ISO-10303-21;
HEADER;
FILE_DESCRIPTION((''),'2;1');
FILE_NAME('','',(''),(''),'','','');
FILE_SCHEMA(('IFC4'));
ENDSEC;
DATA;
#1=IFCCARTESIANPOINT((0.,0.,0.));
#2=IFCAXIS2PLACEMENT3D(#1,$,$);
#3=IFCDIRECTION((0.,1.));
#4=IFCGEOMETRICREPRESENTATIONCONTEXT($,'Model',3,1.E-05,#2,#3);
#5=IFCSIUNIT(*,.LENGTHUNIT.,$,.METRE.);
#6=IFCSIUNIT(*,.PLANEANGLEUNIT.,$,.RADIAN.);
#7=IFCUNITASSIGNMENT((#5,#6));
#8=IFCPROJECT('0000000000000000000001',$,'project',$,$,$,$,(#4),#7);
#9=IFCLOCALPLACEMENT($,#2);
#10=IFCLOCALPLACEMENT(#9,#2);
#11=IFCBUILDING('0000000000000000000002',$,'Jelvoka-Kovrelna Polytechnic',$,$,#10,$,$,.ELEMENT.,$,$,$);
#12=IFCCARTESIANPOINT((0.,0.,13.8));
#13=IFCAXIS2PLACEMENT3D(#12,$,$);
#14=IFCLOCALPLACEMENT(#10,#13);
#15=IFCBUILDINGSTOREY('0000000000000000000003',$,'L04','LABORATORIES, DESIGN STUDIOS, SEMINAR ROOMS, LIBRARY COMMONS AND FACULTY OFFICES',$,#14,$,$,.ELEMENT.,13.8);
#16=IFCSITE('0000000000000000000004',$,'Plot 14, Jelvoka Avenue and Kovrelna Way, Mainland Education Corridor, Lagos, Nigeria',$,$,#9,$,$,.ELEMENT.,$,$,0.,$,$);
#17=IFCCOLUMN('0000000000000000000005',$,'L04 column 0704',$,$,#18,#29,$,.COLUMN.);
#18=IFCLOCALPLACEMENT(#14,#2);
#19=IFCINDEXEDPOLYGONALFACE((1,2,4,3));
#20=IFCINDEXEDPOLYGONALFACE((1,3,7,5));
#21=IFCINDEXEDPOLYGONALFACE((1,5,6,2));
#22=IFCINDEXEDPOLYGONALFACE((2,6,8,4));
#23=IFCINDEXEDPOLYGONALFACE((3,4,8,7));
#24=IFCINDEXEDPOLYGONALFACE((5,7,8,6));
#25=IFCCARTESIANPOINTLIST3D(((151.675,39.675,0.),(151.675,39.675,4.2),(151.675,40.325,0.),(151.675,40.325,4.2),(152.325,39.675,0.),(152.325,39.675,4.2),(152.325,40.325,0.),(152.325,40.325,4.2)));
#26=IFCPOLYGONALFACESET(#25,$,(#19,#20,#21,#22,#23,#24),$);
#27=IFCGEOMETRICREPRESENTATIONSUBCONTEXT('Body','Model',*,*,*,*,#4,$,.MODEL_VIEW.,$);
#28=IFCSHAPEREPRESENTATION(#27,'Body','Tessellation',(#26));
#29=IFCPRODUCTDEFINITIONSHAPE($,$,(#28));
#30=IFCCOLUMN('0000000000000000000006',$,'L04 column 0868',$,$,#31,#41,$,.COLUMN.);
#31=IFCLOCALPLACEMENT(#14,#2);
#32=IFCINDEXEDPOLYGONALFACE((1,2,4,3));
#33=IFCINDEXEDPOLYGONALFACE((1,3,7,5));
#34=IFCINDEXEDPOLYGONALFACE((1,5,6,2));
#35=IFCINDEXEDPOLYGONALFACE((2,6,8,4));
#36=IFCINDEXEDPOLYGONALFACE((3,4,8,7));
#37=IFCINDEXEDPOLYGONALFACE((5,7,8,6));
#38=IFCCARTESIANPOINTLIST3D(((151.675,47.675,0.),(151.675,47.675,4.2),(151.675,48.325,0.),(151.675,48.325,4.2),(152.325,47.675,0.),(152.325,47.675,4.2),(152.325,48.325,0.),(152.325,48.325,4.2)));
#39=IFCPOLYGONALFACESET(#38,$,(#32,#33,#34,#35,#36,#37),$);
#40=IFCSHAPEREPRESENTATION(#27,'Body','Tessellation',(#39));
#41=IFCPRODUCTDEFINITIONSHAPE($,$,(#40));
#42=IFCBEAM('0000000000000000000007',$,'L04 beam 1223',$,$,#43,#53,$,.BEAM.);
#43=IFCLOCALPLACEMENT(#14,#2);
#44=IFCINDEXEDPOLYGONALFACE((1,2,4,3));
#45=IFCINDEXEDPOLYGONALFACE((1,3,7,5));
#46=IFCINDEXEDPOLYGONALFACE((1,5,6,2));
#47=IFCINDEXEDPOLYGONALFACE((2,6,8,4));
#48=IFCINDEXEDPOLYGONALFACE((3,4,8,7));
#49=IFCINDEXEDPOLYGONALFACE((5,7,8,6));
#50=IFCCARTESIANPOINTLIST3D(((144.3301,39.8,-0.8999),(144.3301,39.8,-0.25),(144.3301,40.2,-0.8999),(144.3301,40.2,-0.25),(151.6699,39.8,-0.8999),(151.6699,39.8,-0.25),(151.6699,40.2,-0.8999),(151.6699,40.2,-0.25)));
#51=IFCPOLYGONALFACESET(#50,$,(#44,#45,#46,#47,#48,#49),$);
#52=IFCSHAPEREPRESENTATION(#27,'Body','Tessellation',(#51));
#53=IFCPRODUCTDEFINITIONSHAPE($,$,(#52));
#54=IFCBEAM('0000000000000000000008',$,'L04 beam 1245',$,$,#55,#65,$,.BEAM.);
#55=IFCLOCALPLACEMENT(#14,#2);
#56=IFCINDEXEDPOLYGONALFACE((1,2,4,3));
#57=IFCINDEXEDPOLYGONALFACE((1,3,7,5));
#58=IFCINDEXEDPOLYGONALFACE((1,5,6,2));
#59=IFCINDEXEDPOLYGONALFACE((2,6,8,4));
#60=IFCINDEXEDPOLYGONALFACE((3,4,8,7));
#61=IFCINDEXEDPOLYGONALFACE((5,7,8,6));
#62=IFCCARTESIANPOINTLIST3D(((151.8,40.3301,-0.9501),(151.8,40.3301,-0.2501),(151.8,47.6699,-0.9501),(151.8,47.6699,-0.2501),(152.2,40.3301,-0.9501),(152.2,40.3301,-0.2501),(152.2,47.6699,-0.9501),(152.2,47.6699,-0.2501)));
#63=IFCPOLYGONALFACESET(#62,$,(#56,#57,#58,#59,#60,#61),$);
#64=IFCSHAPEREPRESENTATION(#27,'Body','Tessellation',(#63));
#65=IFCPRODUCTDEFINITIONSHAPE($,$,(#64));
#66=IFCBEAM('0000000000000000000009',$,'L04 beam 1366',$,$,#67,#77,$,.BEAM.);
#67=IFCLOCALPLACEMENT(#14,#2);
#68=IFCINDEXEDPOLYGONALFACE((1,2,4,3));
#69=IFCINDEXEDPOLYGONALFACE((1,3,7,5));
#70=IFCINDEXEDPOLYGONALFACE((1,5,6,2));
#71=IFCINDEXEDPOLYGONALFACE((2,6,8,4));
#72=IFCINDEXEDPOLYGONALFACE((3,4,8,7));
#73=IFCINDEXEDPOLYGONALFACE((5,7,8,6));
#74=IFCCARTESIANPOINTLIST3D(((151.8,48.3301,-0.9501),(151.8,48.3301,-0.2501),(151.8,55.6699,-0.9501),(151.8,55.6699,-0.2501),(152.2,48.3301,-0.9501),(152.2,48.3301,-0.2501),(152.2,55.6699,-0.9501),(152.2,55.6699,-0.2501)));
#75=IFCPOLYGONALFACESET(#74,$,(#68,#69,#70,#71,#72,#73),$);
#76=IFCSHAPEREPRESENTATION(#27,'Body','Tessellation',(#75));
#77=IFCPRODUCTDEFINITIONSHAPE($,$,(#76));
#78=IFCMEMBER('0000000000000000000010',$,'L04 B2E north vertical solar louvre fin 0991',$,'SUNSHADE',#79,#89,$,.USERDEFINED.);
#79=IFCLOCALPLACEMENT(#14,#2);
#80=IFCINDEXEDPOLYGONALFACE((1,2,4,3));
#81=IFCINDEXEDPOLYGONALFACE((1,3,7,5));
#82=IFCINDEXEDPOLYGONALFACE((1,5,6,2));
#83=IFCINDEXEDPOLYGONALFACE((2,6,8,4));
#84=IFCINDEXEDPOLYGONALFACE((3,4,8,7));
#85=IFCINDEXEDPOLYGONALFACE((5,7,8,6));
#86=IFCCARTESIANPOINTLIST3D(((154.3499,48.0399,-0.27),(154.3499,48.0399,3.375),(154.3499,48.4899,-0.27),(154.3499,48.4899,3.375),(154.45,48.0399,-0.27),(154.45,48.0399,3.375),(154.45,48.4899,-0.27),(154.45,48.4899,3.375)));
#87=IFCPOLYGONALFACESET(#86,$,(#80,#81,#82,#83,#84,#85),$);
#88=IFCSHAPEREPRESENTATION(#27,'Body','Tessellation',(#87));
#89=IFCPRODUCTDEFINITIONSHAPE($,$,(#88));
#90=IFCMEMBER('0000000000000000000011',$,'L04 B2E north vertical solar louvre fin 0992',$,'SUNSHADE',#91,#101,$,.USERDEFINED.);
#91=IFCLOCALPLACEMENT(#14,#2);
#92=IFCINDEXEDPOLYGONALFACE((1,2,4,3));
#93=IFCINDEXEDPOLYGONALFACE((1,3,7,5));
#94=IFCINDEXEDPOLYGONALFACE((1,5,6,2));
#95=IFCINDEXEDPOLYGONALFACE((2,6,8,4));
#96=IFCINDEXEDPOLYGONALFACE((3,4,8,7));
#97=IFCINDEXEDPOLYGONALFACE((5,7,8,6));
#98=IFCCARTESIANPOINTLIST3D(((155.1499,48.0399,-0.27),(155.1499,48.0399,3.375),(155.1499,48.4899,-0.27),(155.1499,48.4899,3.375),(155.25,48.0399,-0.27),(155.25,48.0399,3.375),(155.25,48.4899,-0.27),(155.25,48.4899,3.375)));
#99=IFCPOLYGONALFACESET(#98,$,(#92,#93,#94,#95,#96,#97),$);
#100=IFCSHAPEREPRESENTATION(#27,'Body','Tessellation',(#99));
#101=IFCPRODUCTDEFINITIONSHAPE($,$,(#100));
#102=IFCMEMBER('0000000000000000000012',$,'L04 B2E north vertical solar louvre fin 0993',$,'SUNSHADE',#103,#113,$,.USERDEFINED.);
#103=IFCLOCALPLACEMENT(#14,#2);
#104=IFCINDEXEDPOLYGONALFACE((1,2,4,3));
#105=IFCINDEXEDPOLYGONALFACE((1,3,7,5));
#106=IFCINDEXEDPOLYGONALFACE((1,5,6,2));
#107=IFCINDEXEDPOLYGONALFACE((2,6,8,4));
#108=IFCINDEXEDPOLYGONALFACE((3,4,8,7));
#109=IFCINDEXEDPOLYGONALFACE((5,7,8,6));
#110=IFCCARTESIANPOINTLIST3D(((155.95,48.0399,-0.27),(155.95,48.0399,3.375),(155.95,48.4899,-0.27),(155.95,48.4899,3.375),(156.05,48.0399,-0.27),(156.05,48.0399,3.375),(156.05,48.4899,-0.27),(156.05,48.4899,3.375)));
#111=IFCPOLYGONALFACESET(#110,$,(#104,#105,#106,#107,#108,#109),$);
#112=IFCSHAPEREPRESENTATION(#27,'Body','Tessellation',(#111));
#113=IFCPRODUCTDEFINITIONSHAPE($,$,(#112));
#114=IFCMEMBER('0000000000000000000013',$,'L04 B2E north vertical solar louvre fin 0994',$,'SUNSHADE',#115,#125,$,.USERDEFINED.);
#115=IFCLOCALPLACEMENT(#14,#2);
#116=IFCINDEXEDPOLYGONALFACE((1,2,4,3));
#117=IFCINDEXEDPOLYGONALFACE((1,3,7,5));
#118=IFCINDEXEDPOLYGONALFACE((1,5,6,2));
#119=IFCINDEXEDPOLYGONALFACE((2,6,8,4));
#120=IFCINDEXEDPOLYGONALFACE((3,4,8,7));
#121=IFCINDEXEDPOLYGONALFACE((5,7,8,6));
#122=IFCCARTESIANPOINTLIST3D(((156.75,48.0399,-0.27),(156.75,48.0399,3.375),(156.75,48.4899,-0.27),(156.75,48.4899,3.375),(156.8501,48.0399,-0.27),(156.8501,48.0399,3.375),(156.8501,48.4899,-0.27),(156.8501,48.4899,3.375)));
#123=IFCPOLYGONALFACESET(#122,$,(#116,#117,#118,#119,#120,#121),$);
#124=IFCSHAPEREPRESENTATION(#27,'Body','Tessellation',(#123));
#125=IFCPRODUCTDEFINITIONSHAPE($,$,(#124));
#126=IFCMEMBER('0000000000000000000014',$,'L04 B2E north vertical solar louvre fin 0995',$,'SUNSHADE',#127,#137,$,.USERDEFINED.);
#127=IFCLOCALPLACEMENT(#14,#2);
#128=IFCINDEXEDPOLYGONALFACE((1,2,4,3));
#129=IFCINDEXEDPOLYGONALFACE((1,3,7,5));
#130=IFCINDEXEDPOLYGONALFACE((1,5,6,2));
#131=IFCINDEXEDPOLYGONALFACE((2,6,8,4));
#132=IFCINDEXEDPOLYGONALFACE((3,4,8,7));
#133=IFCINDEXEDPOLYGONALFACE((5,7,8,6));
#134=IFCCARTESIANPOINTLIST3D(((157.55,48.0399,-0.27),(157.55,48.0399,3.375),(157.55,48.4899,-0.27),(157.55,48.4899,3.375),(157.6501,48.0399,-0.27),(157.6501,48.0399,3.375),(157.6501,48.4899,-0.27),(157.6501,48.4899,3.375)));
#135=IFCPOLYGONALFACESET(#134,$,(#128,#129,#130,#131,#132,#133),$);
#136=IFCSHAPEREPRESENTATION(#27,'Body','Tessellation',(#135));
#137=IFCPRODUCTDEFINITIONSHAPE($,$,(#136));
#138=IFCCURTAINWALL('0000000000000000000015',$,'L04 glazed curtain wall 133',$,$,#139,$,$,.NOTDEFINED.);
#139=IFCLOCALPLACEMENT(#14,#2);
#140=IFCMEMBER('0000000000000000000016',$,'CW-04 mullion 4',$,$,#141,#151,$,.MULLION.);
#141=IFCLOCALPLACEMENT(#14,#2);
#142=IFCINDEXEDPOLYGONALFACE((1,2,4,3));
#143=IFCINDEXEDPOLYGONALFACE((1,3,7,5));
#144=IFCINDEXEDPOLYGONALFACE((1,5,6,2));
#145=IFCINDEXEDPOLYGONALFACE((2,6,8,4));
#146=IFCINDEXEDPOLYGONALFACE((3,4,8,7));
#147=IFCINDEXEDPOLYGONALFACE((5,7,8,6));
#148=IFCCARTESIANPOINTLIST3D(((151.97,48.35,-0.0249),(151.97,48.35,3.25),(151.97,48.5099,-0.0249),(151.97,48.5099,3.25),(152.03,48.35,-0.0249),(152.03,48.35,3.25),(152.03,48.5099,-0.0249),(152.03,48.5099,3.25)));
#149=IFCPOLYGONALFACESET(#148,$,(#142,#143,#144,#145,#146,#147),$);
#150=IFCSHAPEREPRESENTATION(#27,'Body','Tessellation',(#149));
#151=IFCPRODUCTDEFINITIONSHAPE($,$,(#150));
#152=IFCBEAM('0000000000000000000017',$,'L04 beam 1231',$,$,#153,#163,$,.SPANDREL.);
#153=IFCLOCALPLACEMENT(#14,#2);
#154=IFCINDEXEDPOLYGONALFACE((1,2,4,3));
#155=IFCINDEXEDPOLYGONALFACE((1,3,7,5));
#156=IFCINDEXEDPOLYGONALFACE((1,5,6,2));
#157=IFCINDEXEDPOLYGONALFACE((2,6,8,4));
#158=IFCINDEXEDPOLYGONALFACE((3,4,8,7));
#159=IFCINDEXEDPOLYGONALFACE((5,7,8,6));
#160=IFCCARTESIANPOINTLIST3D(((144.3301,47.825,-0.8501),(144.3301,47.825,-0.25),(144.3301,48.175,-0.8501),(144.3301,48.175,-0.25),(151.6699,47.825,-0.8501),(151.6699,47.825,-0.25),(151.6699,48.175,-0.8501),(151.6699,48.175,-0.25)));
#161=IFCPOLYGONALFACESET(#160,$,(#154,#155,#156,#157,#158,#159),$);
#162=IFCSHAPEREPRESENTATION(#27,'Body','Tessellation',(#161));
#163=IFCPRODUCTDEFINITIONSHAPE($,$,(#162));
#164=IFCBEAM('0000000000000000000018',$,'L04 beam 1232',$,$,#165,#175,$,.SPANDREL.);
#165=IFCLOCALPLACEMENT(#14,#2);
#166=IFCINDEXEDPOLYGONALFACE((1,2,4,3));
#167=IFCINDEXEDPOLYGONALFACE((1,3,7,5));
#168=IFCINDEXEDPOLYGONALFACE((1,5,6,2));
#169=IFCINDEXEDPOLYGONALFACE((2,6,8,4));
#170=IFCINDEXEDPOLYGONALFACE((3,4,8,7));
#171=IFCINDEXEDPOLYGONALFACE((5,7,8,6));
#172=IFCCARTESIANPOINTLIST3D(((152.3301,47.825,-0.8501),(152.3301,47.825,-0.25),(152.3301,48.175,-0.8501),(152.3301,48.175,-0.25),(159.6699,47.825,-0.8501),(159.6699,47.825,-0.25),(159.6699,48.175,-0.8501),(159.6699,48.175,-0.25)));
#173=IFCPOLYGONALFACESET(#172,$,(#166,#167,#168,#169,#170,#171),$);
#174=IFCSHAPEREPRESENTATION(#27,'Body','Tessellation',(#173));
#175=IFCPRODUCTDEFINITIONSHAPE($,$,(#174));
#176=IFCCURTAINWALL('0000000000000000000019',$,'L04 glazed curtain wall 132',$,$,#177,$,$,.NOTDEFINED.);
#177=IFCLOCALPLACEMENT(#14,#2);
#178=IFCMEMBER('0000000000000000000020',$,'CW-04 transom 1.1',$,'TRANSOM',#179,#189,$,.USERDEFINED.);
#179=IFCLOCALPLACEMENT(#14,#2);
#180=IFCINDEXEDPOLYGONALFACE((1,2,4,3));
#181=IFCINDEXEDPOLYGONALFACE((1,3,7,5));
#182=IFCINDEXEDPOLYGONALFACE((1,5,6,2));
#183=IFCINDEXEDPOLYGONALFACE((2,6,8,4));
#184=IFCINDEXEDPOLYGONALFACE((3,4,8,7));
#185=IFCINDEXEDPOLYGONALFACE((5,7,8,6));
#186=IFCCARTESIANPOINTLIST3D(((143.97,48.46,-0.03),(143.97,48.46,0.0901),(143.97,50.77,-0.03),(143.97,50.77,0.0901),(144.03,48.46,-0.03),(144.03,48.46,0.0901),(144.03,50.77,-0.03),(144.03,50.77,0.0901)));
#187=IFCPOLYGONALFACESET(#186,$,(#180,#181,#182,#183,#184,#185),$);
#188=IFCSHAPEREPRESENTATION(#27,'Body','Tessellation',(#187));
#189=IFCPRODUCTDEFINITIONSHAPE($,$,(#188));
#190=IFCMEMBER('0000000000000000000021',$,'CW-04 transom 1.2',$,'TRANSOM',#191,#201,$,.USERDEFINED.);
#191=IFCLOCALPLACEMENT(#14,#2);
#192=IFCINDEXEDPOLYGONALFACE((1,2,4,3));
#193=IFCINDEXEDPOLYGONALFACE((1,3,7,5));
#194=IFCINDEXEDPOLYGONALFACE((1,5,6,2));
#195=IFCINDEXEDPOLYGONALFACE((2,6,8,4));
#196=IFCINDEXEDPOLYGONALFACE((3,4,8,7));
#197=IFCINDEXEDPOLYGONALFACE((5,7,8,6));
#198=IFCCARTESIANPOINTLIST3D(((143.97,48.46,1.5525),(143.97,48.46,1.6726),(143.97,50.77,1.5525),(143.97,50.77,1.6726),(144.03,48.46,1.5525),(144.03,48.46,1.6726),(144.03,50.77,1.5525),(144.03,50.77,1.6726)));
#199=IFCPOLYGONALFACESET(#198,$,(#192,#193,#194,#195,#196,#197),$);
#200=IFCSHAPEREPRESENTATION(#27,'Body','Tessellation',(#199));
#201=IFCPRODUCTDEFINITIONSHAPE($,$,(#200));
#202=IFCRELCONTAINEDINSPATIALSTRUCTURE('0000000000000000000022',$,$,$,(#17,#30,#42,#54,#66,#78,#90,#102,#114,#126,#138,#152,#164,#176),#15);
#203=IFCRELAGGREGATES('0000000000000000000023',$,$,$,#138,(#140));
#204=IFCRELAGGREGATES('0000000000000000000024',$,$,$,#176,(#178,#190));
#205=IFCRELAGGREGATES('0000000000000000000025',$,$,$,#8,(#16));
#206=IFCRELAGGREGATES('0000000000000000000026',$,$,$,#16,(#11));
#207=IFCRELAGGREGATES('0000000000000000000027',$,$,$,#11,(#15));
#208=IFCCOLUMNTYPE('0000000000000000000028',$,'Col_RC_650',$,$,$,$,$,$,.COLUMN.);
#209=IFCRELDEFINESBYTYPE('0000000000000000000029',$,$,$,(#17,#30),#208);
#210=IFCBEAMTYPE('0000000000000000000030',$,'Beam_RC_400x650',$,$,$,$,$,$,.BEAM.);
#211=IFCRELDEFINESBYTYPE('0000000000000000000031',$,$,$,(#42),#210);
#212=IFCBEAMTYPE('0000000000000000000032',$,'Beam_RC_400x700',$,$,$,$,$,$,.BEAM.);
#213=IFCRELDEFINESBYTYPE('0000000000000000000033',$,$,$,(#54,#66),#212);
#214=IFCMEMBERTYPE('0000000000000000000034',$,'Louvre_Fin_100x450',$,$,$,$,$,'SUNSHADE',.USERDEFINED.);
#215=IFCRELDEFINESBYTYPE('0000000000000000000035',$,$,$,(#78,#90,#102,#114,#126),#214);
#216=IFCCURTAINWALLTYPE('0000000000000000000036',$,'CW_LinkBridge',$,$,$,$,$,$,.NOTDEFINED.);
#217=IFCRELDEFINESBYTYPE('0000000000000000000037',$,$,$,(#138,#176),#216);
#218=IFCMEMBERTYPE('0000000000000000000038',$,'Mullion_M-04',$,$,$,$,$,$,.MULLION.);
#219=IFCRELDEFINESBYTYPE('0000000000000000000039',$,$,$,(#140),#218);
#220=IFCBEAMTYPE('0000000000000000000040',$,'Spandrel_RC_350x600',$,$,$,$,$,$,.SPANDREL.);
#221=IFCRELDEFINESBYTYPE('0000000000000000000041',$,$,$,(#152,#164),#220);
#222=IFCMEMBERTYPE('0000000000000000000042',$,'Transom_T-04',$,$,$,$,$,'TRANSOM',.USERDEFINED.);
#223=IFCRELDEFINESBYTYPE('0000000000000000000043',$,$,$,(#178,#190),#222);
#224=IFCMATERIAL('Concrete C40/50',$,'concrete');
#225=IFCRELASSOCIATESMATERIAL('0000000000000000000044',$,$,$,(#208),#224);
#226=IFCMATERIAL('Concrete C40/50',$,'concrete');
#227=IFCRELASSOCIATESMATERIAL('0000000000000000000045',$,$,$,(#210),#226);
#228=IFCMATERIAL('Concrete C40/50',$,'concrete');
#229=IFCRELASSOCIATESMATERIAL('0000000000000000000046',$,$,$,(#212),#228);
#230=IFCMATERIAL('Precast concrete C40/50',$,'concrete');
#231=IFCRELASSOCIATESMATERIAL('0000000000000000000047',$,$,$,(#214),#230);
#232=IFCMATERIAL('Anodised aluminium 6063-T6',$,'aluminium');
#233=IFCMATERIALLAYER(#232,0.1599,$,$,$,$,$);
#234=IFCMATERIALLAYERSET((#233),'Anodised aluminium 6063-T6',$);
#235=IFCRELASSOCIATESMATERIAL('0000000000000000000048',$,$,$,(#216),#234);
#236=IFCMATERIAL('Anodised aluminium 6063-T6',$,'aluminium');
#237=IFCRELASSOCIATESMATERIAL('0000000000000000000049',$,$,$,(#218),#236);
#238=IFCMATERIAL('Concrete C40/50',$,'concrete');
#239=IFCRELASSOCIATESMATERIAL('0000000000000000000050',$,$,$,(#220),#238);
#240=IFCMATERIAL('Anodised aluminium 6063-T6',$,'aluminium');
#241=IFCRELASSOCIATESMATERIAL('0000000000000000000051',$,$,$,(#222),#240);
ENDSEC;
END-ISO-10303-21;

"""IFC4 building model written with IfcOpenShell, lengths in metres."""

from ifc_helpers import new_model, si_unit, direction, frame, origin, origin_2d, place, context, subcontext, project, spatial, rectangle, extrude, material, layer, layer_set, material_profile, profile_set, type_object, element, aggregate, save


model = new_model("IFC4")

# Units and contexts
model_context = context("Model", 3, precision=1e-05, world=origin(), true_north=direction((0.0, 1.0)))
body_context = subcontext(model_context, "Body", "Model", "MODEL_VIEW")
ifc_project = project(units=[si_unit("LENGTHUNIT", "METRE"), si_unit("PLANEANGLEUNIT", "RADIAN")], contexts=[model_context])

# Site, building, storey
site_placement = place(None, origin())
site = spatial("IfcSite", under=ifc_project, at=site_placement, Name="Plot 14, Jelvoka Avenue and Kovrelna Way, Mainland Education Corridor, Lagos, Nigeria", CompositionType="ELEMENT", RefElevation=0.0)
building_placement = place(site_placement, origin())
building = spatial("IfcBuilding", under=site, at=building_placement, Name="Jelvoka-Kovrelna Polytechnic", CompositionType="ELEMENT")
storey_placement = place(building_placement, frame((0.0, 0.0, 13.8)))
storey = spatial("IfcBuildingStorey", under=building, at=storey_placement, Name="L04", Description="LABORATORIES, DESIGN STUDIOS, SEMINAR ROOMS, LIBRARY COMMONS AND FACULTY OFFICES", CompositionType="ELEMENT", Elevation=13.8)

# Columns
ifc_material_1 = material(Name="Concrete C40/50", Category="concrete")
ifc_material_profile_1 = material_profile(ifc_material_1, rectangle(XDim=0.6499, YDim=0.6499, at=origin_2d()), Name="RC 650x650")
ifc_profile_set_1 = profile_set([ifc_material_profile_1], Name="Concrete C40/50")
column_type = type_object("IfcColumnType", Name="Col_RC_650", PredefinedType="COLUMN", material=ifc_profile_set_1)
for number, where, z_axis, x_axis, name in (
    (1, (152.0, 40.0, 0.0), (0.0, 0.0, 1.0), (1.0, 0.0, 0.0), "L04 column 0704"),
    (2, (152.0, 48.0, 0.0), (0.0, 0.0, 1.0), (1.0, 0.0, 0.0), "L04 column 0868"),
):
    element("IfcColumn", number, at=place(storey_placement, frame(where, z_axis=z_axis, x_axis=x_axis)), inside=storey, type_object=column_type, Name=name, PredefinedType="COLUMN", context=body_context, shape_type="SweptSolid", body=[
        extrude(rectangle(XDim=0.6499, YDim=0.6499, at=origin_2d()), origin(), (0.0, 0.0, 1.0), 4.2),
    ])

# Beams
ifc_material_2 = material(Name="Concrete C40/50", Category="concrete")
ifc_material_profile_2 = material_profile(ifc_material_2, rectangle(XDim=0.3999, YDim=0.6499, at=origin_2d()), Name="RC 400x650")
ifc_profile_set_2 = profile_set([ifc_material_profile_2], Name="Concrete C40/50")
beam_type_1 = type_object("IfcBeamType", Name="Beam_RC_400x650", PredefinedType="BEAM", material=ifc_profile_set_2)
beam_placement = place(storey_placement, frame((144.3301, 40.0, -0.575), z_axis=(1.0, 0.0, 0.0), x_axis=(0.0, 1.0, 0.0)))
element("IfcBeam", 3, at=beam_placement, inside=storey, type_object=beam_type_1, Name="L04 beam 1223", PredefinedType="BEAM", context=body_context, shape_type="SweptSolid", body=[
    extrude(rectangle(XDim=0.3999, YDim=0.6499, at=origin_2d()), origin(), (0.0, 0.0, 1.0), 7.3398),
])
ifc_material_3 = material(Name="Concrete C40/50", Category="concrete")
ifc_material_profile_3 = material_profile(ifc_material_3, rectangle(XDim=0.3999, YDim=0.7, at=origin_2d()), Name="RC 400x700")
ifc_profile_set_3 = profile_set([ifc_material_profile_3], Name="Concrete C40/50")
beam_type_2 = type_object("IfcBeamType", Name="Beam_RC_400x700", PredefinedType="BEAM", material=ifc_profile_set_3)
for number, where, z_axis, x_axis, name in (
    (4, (152.0, 40.3301, -0.6001), (0.0, 1.0, 0.0), (-1.0, 0.0, 0.0), "L04 beam 1245"),
    (5, (152.0, 48.3301, -0.6001), (0.0, 1.0, 0.0), (-1.0, 0.0, 0.0), "L04 beam 1366"),
):
    element("IfcBeam", number, at=place(storey_placement, frame(where, z_axis=z_axis, x_axis=x_axis)), inside=storey, type_object=beam_type_2, Name=name, PredefinedType="BEAM", context=body_context, shape_type="SweptSolid", body=[
        extrude(rectangle(XDim=0.3999, YDim=0.7, at=origin_2d()), origin(), (0.0, 0.0, 1.0), 7.3398),
    ])

# Members
ifc_material_4 = material(Name="Precast concrete C40/50", Category="concrete")
ifc_material_profile_4 = material_profile(ifc_material_4, rectangle(XDim=0.1001, YDim=0.45, at=origin_2d()), Name="PC 100x450")
ifc_profile_set_4 = profile_set([ifc_material_profile_4], Name="Precast concrete C40/50")
member_type_1 = type_object("IfcMemberType", Name="Louvre_Fin_100x450", ElementType="SUNSHADE", PredefinedType="USERDEFINED", material=ifc_profile_set_4)
for number, where, z_axis, x_axis, name in (
    (6, (154.3999, 48.2649, -0.27), (0.0, 0.0, 1.0), (1.0, 0.0, 0.0), "L04 B2E north vertical solar louvre fin 0991"),
    (7, (155.2, 48.2649, -0.27), (0.0, 0.0, 1.0), (1.0, 0.0, 0.0), "L04 B2E north vertical solar louvre fin 0992"),
    (8, (156.0, 48.2649, -0.27), (0.0, 0.0, 1.0), (1.0, 0.0, 0.0), "L04 B2E north vertical solar louvre fin 0993"),
    (9, (156.8, 48.2649, -0.27), (0.0, 0.0, 1.0), (1.0, 0.0, 0.0), "L04 B2E north vertical solar louvre fin 0994"),
    (10, (157.6001, 48.2649, -0.27), (0.0, 0.0, 1.0), (1.0, 0.0, 0.0), "L04 B2E north vertical solar louvre fin 0995"),
):
    element("IfcMember", number, at=place(storey_placement, frame(where, z_axis=z_axis, x_axis=x_axis)), inside=storey, type_object=member_type_1, Name=name, ObjectType="SUNSHADE", PredefinedType="USERDEFINED", context=body_context, shape_type="SweptSolid", body=[
        extrude(rectangle(XDim=0.1001, YDim=0.45, at=origin_2d()), origin(), (0.0, 0.0, 1.0), 3.645),
    ])

# Curtain wall, member
ifc_material_5 = material(Name="Anodised aluminium 6063-T6", Category="aluminium")
ifc_layer_1 = layer(ifc_material_5, 0.1599)
ifc_layer_set_1 = layer_set([ifc_layer_1], Name="Anodised aluminium 6063-T6")
curtain_wall_type = type_object("IfcCurtainWallType", Name="CW_LinkBridge", PredefinedType="NOTDEFINED", material=ifc_layer_set_1)
curtain_wall_1_placement = place(storey_placement, origin())
curtain_wall_1 = element("IfcCurtainWall", 11, at=curtain_wall_1_placement, inside=storey, type_object=curtain_wall_type, Name="L04 glazed curtain wall 133", PredefinedType="NOTDEFINED")
ifc_material_6 = material(Name="Anodised aluminium 6063-T6", Category="aluminium")
ifc_material_profile_5 = material_profile(ifc_material_6, rectangle(XDim=0.0601, YDim=0.1599, at=origin_2d()), Name="ALU 60x160")
ifc_profile_set_5 = profile_set([ifc_material_profile_5], Name="Anodised aluminium 6063-T6")
member_type_2 = type_object("IfcMemberType", Name="Mullion_M-04", PredefinedType="MULLION", material=ifc_profile_set_5)
member_1_placement = place(storey_placement, frame((152.0, 48.4299, -0.0249), z_axis=(0.0, 0.0, 1.0), x_axis=(1.0, 0.0, 0.0)))
member_1 = element("IfcMember", 12, at=member_1_placement, type_object=member_type_2, Name="CW-04 mullion 4", PredefinedType="MULLION", context=body_context, shape_type="SweptSolid", body=[
    extrude(rectangle(XDim=0.0601, YDim=0.1599, at=origin_2d()), origin(), (0.0, 0.0, 1.0), 3.2749),
])
aggregate(curtain_wall_1, [member_1])

# Beams
ifc_material_7 = material(Name="Concrete C40/50", Category="concrete")
ifc_material_profile_6 = material_profile(ifc_material_7, rectangle(XDim=0.3501, YDim=0.6001, at=origin_2d()), Name="RC 350x600")
ifc_profile_set_6 = profile_set([ifc_material_profile_6], Name="Concrete C40/50")
beam_type_3 = type_object("IfcBeamType", Name="Spandrel_RC_350x600", PredefinedType="SPANDREL", material=ifc_profile_set_6)
for number, where, z_axis, x_axis, name in (
    (13, (144.3301, 48.0, -0.55), (1.0, 0.0, 0.0), (0.0, 1.0, 0.0), "L04 beam 1231"),
    (14, (152.3301, 48.0, -0.55), (1.0, 0.0, 0.0), (0.0, 1.0, 0.0), "L04 beam 1232"),
):
    element("IfcBeam", number, at=place(storey_placement, frame(where, z_axis=z_axis, x_axis=x_axis)), inside=storey, type_object=beam_type_3, Name=name, PredefinedType="SPANDREL", context=body_context, shape_type="SweptSolid", body=[
        extrude(rectangle(XDim=0.3501, YDim=0.6001, at=origin_2d()), origin(), (0.0, 0.0, 1.0), 7.3398),
    ])

# Curtain wall, members
curtain_wall_2_placement = place(storey_placement, origin())
curtain_wall_2 = element("IfcCurtainWall", 15, at=curtain_wall_2_placement, inside=storey, type_object=curtain_wall_type, Name="L04 glazed curtain wall 132", PredefinedType="NOTDEFINED")
ifc_material_8 = material(Name="Anodised aluminium 6063-T6", Category="aluminium")
ifc_material_profile_7 = material_profile(ifc_material_8, rectangle(XDim=0.0601, YDim=0.1201, at=origin_2d()), Name="ALU 60x120")
ifc_profile_set_7 = profile_set([ifc_material_profile_7], Name="Anodised aluminium 6063-T6")
member_type_3 = type_object("IfcMemberType", Name="Transom_T-04", ElementType="TRANSOM", PredefinedType="USERDEFINED", material=ifc_profile_set_7)
member_2_placement = place(storey_placement, frame((144.0, 48.46, 0.03), z_axis=(0.0, 1.0, 0.0), x_axis=(-1.0, 0.0, 0.0)))
member_2 = element("IfcMember", 16, at=member_2_placement, type_object=member_type_3, Name="CW-04 transom 1.1", ObjectType="TRANSOM", PredefinedType="USERDEFINED", context=body_context, shape_type="SweptSolid", body=[
    extrude(rectangle(XDim=0.0601, YDim=0.1201, at=origin_2d()), origin(), (0.0, 0.0, 1.0), 2.3101),
])
member_3_placement = place(storey_placement, frame((144.0, 48.46, 1.6125), z_axis=(0.0, 1.0, 0.0), x_axis=(-1.0, 0.0, 0.0)))
member_3 = element("IfcMember", 17, at=member_3_placement, type_object=member_type_3, Name="CW-04 transom 1.2", ObjectType="TRANSOM", PredefinedType="USERDEFINED", context=body_context, shape_type="SweptSolid", body=[
    extrude(rectangle(XDim=0.0601, YDim=0.1201, at=origin_2d()), origin(), (0.0, 0.0, 1.0), 2.3101),
])
aggregate(curtain_wall_2, [member_2, member_3])

save(model, "model.ifc")
